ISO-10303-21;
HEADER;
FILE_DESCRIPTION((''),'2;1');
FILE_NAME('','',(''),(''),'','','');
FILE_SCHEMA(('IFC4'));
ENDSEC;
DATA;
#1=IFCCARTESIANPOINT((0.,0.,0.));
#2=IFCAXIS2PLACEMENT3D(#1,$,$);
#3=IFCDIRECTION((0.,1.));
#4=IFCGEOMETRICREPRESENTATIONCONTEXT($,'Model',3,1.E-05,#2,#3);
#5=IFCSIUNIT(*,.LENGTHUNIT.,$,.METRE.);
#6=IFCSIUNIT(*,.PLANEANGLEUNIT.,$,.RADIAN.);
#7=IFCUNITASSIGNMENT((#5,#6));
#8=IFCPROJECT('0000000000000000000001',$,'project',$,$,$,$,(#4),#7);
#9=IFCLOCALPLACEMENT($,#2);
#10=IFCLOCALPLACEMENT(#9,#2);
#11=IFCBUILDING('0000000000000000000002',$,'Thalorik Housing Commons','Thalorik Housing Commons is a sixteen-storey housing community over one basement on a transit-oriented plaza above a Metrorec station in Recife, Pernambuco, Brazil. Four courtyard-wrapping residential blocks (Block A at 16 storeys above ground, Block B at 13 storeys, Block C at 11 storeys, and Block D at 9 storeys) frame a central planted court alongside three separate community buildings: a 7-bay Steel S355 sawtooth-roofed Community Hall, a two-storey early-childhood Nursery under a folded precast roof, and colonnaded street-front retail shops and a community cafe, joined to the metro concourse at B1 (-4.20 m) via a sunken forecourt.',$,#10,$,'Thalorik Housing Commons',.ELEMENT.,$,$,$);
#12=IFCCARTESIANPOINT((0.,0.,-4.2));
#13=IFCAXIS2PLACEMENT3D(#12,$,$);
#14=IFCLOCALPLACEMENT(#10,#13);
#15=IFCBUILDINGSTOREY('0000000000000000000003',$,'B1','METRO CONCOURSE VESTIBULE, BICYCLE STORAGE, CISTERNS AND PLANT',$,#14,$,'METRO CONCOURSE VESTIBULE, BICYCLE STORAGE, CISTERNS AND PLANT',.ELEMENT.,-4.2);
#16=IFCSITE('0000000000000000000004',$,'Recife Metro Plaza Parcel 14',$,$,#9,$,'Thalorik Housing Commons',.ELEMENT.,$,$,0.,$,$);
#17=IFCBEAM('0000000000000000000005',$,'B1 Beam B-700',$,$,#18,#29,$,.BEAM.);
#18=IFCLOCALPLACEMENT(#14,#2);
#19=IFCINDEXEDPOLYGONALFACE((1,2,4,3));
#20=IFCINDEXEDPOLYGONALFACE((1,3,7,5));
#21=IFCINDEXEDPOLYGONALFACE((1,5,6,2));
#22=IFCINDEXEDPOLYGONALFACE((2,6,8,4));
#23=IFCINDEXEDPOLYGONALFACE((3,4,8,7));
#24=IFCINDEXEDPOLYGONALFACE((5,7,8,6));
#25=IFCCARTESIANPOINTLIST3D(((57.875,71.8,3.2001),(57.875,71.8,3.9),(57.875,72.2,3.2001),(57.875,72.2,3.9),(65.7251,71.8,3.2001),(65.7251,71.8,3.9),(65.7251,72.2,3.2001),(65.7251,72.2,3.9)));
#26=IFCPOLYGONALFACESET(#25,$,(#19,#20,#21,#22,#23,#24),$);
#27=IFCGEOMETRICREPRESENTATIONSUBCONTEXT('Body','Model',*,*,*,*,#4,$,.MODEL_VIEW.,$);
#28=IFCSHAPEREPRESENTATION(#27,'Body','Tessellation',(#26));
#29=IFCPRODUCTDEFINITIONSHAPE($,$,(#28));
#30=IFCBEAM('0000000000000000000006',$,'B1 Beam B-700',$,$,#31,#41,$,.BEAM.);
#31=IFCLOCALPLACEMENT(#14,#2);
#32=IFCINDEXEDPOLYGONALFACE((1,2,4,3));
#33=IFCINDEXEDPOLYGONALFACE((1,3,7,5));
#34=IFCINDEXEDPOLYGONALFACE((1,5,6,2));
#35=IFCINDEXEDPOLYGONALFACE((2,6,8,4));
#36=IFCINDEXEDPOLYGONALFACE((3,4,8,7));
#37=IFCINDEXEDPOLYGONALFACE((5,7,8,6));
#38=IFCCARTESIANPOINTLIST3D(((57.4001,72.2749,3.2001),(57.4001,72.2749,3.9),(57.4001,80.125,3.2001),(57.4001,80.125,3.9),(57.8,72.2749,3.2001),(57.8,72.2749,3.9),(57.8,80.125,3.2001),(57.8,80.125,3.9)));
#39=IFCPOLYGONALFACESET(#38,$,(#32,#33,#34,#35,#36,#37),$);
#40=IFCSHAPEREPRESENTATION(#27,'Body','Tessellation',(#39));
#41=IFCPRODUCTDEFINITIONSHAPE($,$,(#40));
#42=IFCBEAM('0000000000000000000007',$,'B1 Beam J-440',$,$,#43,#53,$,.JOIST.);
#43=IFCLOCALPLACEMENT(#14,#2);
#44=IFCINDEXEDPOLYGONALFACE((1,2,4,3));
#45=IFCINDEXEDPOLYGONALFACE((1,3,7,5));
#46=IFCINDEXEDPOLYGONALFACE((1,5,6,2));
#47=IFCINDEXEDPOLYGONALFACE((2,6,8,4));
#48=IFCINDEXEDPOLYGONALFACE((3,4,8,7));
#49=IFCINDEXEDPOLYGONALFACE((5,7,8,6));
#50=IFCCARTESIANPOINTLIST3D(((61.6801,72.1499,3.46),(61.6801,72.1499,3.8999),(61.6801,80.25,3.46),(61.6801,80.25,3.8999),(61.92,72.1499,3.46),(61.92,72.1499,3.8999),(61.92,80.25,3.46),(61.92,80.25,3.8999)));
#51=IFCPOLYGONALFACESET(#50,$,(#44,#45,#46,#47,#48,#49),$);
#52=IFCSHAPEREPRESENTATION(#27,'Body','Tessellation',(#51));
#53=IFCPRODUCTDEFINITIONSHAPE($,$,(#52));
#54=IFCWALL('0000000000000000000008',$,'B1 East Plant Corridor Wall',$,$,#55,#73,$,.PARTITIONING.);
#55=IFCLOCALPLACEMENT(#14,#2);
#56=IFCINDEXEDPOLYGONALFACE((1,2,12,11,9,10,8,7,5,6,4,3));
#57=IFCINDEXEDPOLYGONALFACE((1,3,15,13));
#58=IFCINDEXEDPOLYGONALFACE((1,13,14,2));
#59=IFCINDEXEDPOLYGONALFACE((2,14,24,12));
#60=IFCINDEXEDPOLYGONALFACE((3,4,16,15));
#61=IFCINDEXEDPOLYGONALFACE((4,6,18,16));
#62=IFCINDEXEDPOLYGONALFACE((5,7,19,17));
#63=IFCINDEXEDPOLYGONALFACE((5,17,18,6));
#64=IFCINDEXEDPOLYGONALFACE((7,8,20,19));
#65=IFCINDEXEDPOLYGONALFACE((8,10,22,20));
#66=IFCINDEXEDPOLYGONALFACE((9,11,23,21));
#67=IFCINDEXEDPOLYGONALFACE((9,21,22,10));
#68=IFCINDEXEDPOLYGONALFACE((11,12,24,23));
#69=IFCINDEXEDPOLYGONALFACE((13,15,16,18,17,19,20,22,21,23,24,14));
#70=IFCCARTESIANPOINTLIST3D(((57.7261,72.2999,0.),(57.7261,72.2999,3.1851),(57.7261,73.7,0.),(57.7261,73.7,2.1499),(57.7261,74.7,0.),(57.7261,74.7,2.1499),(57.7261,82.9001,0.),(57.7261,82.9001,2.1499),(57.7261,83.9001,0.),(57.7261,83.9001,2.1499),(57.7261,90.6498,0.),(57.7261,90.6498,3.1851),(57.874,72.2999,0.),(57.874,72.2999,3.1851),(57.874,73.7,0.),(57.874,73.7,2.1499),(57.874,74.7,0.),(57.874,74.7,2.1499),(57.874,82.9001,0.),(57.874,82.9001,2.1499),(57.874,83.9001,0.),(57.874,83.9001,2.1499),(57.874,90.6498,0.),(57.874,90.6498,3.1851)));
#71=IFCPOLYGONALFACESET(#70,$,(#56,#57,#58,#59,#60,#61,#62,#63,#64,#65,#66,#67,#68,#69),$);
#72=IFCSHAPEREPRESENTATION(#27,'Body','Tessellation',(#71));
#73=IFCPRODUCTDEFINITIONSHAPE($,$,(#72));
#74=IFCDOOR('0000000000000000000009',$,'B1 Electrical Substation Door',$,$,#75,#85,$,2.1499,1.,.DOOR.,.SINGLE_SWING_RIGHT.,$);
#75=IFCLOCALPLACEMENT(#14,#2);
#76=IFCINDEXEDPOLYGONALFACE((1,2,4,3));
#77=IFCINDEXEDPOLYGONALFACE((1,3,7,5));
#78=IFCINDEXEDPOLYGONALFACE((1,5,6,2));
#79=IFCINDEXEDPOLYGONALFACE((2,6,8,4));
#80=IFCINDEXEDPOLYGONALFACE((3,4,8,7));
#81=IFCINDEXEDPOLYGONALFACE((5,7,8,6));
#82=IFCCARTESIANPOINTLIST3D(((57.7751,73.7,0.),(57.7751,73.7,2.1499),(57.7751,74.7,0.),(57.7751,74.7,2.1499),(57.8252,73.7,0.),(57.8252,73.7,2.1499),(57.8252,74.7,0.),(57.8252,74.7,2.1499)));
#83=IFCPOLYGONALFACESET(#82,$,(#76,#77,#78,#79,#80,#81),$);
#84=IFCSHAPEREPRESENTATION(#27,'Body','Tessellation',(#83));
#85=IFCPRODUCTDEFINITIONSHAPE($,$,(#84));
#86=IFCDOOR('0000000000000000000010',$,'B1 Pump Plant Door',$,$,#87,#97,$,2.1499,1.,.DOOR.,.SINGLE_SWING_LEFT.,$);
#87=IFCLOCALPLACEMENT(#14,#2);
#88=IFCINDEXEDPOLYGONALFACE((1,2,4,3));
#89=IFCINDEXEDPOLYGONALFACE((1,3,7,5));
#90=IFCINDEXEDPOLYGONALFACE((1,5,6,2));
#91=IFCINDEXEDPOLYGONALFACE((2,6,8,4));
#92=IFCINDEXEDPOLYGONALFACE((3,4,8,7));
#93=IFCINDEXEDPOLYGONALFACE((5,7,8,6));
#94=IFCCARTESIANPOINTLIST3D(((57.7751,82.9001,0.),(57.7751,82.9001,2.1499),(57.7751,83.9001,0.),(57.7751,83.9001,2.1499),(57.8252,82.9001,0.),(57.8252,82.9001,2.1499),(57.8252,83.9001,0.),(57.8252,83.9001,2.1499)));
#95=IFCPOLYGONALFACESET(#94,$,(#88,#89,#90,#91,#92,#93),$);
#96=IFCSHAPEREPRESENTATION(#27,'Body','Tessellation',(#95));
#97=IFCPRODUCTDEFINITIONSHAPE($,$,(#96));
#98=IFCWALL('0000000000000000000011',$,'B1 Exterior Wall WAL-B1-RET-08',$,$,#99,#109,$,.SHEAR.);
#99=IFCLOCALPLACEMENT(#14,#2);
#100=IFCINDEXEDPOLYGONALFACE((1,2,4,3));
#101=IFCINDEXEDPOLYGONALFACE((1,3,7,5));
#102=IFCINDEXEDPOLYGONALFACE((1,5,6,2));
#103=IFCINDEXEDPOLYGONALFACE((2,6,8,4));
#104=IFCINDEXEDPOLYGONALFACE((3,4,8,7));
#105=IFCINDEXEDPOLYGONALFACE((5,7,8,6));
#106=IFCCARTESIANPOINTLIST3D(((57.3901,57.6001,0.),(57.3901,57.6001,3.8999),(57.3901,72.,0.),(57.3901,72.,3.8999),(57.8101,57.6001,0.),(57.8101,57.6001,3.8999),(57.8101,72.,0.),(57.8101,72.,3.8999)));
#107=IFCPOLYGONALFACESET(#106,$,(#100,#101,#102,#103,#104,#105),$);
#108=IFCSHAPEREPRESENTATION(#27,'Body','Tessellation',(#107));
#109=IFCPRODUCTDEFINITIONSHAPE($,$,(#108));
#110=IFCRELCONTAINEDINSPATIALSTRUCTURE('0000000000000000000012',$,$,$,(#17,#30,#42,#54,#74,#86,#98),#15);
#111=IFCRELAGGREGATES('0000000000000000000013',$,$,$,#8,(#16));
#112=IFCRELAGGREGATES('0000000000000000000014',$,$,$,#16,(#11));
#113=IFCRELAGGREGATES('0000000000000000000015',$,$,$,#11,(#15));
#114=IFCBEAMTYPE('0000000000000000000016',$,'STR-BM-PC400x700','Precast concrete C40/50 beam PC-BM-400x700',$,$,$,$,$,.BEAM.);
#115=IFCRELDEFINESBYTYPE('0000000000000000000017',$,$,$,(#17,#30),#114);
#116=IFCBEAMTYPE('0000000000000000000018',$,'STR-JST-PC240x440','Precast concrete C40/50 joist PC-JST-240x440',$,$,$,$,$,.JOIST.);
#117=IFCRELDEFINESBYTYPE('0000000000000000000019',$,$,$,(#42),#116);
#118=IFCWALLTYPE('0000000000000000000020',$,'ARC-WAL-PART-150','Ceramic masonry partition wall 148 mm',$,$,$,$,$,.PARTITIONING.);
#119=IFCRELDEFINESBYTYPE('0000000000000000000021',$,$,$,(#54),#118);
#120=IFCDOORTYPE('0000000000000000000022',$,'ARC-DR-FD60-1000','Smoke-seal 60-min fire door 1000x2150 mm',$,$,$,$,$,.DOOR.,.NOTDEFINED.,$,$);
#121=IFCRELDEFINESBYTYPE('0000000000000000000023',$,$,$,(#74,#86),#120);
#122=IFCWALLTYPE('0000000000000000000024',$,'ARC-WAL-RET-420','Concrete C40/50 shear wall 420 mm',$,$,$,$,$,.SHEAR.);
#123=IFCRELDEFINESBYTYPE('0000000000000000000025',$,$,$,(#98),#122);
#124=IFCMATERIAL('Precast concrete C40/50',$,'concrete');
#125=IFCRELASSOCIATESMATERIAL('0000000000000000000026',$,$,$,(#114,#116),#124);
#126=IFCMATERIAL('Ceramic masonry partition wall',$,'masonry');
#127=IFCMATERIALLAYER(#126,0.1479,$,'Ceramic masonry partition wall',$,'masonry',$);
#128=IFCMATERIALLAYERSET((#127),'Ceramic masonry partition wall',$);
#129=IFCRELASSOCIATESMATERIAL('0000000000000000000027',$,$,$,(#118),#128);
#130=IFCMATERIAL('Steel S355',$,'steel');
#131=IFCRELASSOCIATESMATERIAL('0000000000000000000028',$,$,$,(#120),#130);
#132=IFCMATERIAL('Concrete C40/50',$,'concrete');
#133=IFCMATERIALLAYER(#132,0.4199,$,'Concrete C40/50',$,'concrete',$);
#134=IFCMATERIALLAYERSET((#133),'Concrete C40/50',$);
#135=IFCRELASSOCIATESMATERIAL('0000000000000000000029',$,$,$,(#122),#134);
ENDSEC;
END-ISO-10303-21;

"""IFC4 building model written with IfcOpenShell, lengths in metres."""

from ifc_helpers import new_model, si_unit, direction, frame, frame_2d, origin, origin_2d, place, context, subcontext, project, spatial, rectangle, extrude, material, layer, layer_set, material_profile, profile_set, type_object, element, fill, save


model = new_model("IFC4")

# Units and contexts
model_context = context("Model", 3, precision=1e-05, world=origin(), true_north=direction((0.0, 1.0)))
body_context = subcontext(model_context, "Body", "Model", "MODEL_VIEW")
ifc_project = project(units=[si_unit("LENGTHUNIT", "METRE"), si_unit("PLANEANGLEUNIT", "RADIAN")], contexts=[model_context])

# Site, building, storey
site_placement = place(None, origin())
site = spatial("IfcSite", under=ifc_project, at=site_placement, Name="Recife Metro Plaza Parcel 14", LongName="Thalorik Housing Commons", CompositionType="ELEMENT", RefElevation=0.0)
building_placement = place(site_placement, origin())
building = spatial("IfcBuilding", under=site, at=building_placement, Name="Thalorik Housing Commons", Description="Thalorik Housing Commons is a sixteen-storey housing community over one basement on a transit-oriented plaza above a Metrorec station in Recife, Pernambuco, Brazil. Four courtyard-wrapping residential blocks (Block A at 16 storeys above ground, Block B at 13 storeys, Block C at 11 storeys, and Block D at 9 storeys) frame a central planted court alongside three separate community buildings: a 7-bay Steel S355 sawtooth-roofed Community Hall, a two-storey early-childhood Nursery under a folded precast roof, and colonnaded street-front retail shops and a community cafe, joined to the metro concourse at B1 (-4.20 m) via a sunken forecourt.", LongName="Thalorik Housing Commons", CompositionType="ELEMENT")
storey_placement = place(building_placement, frame((0.0, 0.0, -4.2)))
storey = spatial("IfcBuildingStorey", under=building, at=storey_placement, Name="B1", Description="METRO CONCOURSE VESTIBULE, BICYCLE STORAGE, CISTERNS AND PLANT", LongName="METRO CONCOURSE VESTIBULE, BICYCLE STORAGE, CISTERNS AND PLANT", CompositionType="ELEMENT", Elevation=-4.2)

# Shared definitions
ifc_material_1 = material(Name="Concrete C40/50", Category="concrete")

# Shared definitions
ifc_material_2 = material(Name="Precast concrete C40/50", Category="concrete")

# Beams
ifc_material_profile_1 = material_profile(ifc_material_2, rectangle(XDim=0.3999, YDim=0.7, at=origin_2d()), Name="PC 400x700", Category="concrete")
ifc_profile_set_1 = profile_set([ifc_material_profile_1], Name="Precast concrete C40/50")
beam_type_1 = type_object("IfcBeamType", Name="STR-BM-PC400x700", Description="Precast concrete C40/50 beam PC-BM-400x700", PredefinedType="BEAM", material=ifc_profile_set_1)
for number, where, z_axis, x_axis, name in (
    (1, (57.875, 72.0, 3.55), (1.0, 0.0, 0.0), (0.0, 1.0, 0.0), "B1 Beam B-700"),
    (2, (57.6001, 72.2749, 3.55), (0.0, 1.0, 0.0), (-1.0, 0.0, 0.0), "B1 Beam B-700"),
):
    element("IfcBeam", number, at=place(storey_placement, frame(where, z_axis=z_axis, x_axis=x_axis)), inside=storey, type_object=beam_type_1, Name=name, PredefinedType="BEAM", context=body_context, shape_type="SweptSolid", body=[
        extrude(rectangle(XDim=0.3999, YDim=0.7, at=origin_2d()), origin(), (0.0, 0.0, 1.0), 7.8501),
    ])
ifc_material_profile_2 = material_profile(ifc_material_2, rectangle(XDim=0.24, YDim=0.4399, at=origin_2d()), Name="PC JST 240x440", Category="concrete")
ifc_profile_set_2 = profile_set([ifc_material_profile_2], Name="Precast concrete C40/50")
beam_type_2 = type_object("IfcBeamType", Name="STR-JST-PC240x440", Description="Precast concrete C40/50 joist PC-JST-240x440", PredefinedType="JOIST", material=ifc_profile_set_2)
beam_1_placement = place(storey_placement, frame((61.8, 72.1499, 3.6799), z_axis=(0.0, 1.0, 0.0), x_axis=(-1.0, 0.0, 0.0)))
element("IfcBeam", 3, at=beam_1_placement, inside=storey, type_object=beam_type_2, Name="B1 Beam J-440", PredefinedType="JOIST", context=body_context, shape_type="SweptSolid", body=[
    extrude(rectangle(XDim=0.24, YDim=0.4399, at=origin_2d()), origin(), (0.0, 0.0, 1.0), 8.1001),
])

# Wall, openings, doors
ifc_material_3 = material(Name="Ceramic masonry partition wall", Category="masonry")
ifc_layer_1 = layer(ifc_material_3, 0.1479, Name="Ceramic masonry partition wall", Category="masonry")
ifc_layer_set_1 = layer_set([ifc_layer_1], Name="Ceramic masonry partition wall")
wall_type_1 = type_object("IfcWallType", Name="ARC-WAL-PART-150", Description="Ceramic masonry partition wall 148 mm", PredefinedType="PARTITIONING", material=ifc_layer_set_1)
wall_1_placement = place(storey_placement, frame((57.8, 72.3, 0.0), z_axis=(0.0, 0.0, 1.0), x_axis=(0.0, 1.0, 0.0)))
wall_1 = element("IfcWall", 4, at=wall_1_placement, inside=storey, type_object=wall_type_1, Name="B1 East Plant Corridor Wall", PredefinedType="PARTITIONING", context=body_context, shape_type="SweptSolid", body=[
    extrude(rectangle(XDim=18.3499, YDim=0.1479, at=frame_2d((9.1748, 0.0))), origin(), (0.0, 0.0, 1.0), 3.1851),
])
opening_1_placement = place(wall_1_placement, frame((1.3999, 0.0, 0.0)))
opening_1 = element("IfcOpeningElement", 5, at=opening_1_placement, cuts=wall_1, PredefinedType="OPENING", context=body_context, shape_type="SweptSolid", body=[
    extrude(rectangle(XDim=1.0, YDim=2.1499, at=frame_2d((0.5, 1.075))), frame((0.0, 0.084, 0.0), z_axis=(0.0, -1.0, 0.0), x_axis=(1.0, 0.0, 0.0)), (0.0, 0.0, 1.0), 0.168),
])
opening_2_placement = place(wall_1_placement, frame((10.6001, 0.0, 0.0)))
opening_2 = element("IfcOpeningElement", 6, at=opening_2_placement, cuts=wall_1, PredefinedType="OPENING", context=body_context, shape_type="SweptSolid", body=[
    extrude(rectangle(XDim=1.0, YDim=2.1499, at=frame_2d((0.5, 1.075))), frame((0.0, 0.084, 0.0), z_axis=(0.0, -1.0, 0.0), x_axis=(1.0, 0.0, 0.0)), (0.0, 0.0, 1.0), 0.168),
])
ifc_material_4 = material(Name="Steel S355", Category="steel")
door_type = type_object("IfcDoorType", Name="ARC-DR-FD60-1000", Description="Smoke-seal 60-min fire door 1000x2150 mm", OperationType="NOTDEFINED", PredefinedType="DOOR", material=ifc_material_4)
door_1_placement = place(opening_1_placement, origin())
door_1 = element("IfcDoor", 7, at=door_1_placement, inside=storey, type_object=door_type, Name="B1 Electrical Substation Door", OperationType="SINGLE_SWING_RIGHT", OverallHeight=2.1499, OverallWidth=1.0, PredefinedType="DOOR", context=body_context, shape_type="SweptSolid", body=[
    extrude(rectangle(XDim=1.0, YDim=2.1499, at=frame_2d((0.5, 1.075))), frame((0.0, 0.0249, 0.0), z_axis=(0.0, -1.0, 0.0), x_axis=(1.0, 0.0, 0.0)), (0.0, 0.0, 1.0), 0.05),
])
fill(opening_1, door_1)
door_2_placement = place(opening_2_placement, origin())
door_2 = element("IfcDoor", 8, at=door_2_placement, inside=storey, type_object=door_type, Name="B1 Pump Plant Door", OperationType="SINGLE_SWING_LEFT", OverallHeight=2.1499, OverallWidth=1.0, PredefinedType="DOOR", context=body_context, shape_type="SweptSolid", body=[
    extrude(rectangle(XDim=1.0, YDim=2.1499, at=frame_2d((0.5, 1.075))), frame((0.0, 0.0249, 0.0), z_axis=(0.0, -1.0, 0.0), x_axis=(1.0, 0.0, 0.0)), (0.0, 0.0, 1.0), 0.05),
])
fill(opening_2, door_2)

# Wall
ifc_layer_2 = layer(ifc_material_1, 0.4199, Name="Concrete C40/50", Category="concrete")
ifc_layer_set_2 = layer_set([ifc_layer_2], Name="Concrete C40/50")
wall_type_2 = type_object("IfcWallType", Name="ARC-WAL-RET-420", Description="Concrete C40/50 shear wall 420 mm", PredefinedType="SHEAR", material=ifc_layer_set_2)
wall_2_placement = place(storey_placement, frame((57.6001, 72.0, 0.0), z_axis=(0.0, 0.0, 1.0), x_axis=(0.0, -1.0, 0.0)))
element("IfcWall", 9, at=wall_2_placement, inside=storey, type_object=wall_type_2, Name="B1 Exterior Wall WAL-B1-RET-08", PredefinedType="SHEAR", context=body_context, shape_type="SweptSolid", body=[
    extrude(rectangle(XDim=14.3999, YDim=0.4199, at=frame_2d((7.2, 0.0))), origin(), (0.0, 0.0, 1.0), 3.8999),
])

save(model, "model.ifc")
